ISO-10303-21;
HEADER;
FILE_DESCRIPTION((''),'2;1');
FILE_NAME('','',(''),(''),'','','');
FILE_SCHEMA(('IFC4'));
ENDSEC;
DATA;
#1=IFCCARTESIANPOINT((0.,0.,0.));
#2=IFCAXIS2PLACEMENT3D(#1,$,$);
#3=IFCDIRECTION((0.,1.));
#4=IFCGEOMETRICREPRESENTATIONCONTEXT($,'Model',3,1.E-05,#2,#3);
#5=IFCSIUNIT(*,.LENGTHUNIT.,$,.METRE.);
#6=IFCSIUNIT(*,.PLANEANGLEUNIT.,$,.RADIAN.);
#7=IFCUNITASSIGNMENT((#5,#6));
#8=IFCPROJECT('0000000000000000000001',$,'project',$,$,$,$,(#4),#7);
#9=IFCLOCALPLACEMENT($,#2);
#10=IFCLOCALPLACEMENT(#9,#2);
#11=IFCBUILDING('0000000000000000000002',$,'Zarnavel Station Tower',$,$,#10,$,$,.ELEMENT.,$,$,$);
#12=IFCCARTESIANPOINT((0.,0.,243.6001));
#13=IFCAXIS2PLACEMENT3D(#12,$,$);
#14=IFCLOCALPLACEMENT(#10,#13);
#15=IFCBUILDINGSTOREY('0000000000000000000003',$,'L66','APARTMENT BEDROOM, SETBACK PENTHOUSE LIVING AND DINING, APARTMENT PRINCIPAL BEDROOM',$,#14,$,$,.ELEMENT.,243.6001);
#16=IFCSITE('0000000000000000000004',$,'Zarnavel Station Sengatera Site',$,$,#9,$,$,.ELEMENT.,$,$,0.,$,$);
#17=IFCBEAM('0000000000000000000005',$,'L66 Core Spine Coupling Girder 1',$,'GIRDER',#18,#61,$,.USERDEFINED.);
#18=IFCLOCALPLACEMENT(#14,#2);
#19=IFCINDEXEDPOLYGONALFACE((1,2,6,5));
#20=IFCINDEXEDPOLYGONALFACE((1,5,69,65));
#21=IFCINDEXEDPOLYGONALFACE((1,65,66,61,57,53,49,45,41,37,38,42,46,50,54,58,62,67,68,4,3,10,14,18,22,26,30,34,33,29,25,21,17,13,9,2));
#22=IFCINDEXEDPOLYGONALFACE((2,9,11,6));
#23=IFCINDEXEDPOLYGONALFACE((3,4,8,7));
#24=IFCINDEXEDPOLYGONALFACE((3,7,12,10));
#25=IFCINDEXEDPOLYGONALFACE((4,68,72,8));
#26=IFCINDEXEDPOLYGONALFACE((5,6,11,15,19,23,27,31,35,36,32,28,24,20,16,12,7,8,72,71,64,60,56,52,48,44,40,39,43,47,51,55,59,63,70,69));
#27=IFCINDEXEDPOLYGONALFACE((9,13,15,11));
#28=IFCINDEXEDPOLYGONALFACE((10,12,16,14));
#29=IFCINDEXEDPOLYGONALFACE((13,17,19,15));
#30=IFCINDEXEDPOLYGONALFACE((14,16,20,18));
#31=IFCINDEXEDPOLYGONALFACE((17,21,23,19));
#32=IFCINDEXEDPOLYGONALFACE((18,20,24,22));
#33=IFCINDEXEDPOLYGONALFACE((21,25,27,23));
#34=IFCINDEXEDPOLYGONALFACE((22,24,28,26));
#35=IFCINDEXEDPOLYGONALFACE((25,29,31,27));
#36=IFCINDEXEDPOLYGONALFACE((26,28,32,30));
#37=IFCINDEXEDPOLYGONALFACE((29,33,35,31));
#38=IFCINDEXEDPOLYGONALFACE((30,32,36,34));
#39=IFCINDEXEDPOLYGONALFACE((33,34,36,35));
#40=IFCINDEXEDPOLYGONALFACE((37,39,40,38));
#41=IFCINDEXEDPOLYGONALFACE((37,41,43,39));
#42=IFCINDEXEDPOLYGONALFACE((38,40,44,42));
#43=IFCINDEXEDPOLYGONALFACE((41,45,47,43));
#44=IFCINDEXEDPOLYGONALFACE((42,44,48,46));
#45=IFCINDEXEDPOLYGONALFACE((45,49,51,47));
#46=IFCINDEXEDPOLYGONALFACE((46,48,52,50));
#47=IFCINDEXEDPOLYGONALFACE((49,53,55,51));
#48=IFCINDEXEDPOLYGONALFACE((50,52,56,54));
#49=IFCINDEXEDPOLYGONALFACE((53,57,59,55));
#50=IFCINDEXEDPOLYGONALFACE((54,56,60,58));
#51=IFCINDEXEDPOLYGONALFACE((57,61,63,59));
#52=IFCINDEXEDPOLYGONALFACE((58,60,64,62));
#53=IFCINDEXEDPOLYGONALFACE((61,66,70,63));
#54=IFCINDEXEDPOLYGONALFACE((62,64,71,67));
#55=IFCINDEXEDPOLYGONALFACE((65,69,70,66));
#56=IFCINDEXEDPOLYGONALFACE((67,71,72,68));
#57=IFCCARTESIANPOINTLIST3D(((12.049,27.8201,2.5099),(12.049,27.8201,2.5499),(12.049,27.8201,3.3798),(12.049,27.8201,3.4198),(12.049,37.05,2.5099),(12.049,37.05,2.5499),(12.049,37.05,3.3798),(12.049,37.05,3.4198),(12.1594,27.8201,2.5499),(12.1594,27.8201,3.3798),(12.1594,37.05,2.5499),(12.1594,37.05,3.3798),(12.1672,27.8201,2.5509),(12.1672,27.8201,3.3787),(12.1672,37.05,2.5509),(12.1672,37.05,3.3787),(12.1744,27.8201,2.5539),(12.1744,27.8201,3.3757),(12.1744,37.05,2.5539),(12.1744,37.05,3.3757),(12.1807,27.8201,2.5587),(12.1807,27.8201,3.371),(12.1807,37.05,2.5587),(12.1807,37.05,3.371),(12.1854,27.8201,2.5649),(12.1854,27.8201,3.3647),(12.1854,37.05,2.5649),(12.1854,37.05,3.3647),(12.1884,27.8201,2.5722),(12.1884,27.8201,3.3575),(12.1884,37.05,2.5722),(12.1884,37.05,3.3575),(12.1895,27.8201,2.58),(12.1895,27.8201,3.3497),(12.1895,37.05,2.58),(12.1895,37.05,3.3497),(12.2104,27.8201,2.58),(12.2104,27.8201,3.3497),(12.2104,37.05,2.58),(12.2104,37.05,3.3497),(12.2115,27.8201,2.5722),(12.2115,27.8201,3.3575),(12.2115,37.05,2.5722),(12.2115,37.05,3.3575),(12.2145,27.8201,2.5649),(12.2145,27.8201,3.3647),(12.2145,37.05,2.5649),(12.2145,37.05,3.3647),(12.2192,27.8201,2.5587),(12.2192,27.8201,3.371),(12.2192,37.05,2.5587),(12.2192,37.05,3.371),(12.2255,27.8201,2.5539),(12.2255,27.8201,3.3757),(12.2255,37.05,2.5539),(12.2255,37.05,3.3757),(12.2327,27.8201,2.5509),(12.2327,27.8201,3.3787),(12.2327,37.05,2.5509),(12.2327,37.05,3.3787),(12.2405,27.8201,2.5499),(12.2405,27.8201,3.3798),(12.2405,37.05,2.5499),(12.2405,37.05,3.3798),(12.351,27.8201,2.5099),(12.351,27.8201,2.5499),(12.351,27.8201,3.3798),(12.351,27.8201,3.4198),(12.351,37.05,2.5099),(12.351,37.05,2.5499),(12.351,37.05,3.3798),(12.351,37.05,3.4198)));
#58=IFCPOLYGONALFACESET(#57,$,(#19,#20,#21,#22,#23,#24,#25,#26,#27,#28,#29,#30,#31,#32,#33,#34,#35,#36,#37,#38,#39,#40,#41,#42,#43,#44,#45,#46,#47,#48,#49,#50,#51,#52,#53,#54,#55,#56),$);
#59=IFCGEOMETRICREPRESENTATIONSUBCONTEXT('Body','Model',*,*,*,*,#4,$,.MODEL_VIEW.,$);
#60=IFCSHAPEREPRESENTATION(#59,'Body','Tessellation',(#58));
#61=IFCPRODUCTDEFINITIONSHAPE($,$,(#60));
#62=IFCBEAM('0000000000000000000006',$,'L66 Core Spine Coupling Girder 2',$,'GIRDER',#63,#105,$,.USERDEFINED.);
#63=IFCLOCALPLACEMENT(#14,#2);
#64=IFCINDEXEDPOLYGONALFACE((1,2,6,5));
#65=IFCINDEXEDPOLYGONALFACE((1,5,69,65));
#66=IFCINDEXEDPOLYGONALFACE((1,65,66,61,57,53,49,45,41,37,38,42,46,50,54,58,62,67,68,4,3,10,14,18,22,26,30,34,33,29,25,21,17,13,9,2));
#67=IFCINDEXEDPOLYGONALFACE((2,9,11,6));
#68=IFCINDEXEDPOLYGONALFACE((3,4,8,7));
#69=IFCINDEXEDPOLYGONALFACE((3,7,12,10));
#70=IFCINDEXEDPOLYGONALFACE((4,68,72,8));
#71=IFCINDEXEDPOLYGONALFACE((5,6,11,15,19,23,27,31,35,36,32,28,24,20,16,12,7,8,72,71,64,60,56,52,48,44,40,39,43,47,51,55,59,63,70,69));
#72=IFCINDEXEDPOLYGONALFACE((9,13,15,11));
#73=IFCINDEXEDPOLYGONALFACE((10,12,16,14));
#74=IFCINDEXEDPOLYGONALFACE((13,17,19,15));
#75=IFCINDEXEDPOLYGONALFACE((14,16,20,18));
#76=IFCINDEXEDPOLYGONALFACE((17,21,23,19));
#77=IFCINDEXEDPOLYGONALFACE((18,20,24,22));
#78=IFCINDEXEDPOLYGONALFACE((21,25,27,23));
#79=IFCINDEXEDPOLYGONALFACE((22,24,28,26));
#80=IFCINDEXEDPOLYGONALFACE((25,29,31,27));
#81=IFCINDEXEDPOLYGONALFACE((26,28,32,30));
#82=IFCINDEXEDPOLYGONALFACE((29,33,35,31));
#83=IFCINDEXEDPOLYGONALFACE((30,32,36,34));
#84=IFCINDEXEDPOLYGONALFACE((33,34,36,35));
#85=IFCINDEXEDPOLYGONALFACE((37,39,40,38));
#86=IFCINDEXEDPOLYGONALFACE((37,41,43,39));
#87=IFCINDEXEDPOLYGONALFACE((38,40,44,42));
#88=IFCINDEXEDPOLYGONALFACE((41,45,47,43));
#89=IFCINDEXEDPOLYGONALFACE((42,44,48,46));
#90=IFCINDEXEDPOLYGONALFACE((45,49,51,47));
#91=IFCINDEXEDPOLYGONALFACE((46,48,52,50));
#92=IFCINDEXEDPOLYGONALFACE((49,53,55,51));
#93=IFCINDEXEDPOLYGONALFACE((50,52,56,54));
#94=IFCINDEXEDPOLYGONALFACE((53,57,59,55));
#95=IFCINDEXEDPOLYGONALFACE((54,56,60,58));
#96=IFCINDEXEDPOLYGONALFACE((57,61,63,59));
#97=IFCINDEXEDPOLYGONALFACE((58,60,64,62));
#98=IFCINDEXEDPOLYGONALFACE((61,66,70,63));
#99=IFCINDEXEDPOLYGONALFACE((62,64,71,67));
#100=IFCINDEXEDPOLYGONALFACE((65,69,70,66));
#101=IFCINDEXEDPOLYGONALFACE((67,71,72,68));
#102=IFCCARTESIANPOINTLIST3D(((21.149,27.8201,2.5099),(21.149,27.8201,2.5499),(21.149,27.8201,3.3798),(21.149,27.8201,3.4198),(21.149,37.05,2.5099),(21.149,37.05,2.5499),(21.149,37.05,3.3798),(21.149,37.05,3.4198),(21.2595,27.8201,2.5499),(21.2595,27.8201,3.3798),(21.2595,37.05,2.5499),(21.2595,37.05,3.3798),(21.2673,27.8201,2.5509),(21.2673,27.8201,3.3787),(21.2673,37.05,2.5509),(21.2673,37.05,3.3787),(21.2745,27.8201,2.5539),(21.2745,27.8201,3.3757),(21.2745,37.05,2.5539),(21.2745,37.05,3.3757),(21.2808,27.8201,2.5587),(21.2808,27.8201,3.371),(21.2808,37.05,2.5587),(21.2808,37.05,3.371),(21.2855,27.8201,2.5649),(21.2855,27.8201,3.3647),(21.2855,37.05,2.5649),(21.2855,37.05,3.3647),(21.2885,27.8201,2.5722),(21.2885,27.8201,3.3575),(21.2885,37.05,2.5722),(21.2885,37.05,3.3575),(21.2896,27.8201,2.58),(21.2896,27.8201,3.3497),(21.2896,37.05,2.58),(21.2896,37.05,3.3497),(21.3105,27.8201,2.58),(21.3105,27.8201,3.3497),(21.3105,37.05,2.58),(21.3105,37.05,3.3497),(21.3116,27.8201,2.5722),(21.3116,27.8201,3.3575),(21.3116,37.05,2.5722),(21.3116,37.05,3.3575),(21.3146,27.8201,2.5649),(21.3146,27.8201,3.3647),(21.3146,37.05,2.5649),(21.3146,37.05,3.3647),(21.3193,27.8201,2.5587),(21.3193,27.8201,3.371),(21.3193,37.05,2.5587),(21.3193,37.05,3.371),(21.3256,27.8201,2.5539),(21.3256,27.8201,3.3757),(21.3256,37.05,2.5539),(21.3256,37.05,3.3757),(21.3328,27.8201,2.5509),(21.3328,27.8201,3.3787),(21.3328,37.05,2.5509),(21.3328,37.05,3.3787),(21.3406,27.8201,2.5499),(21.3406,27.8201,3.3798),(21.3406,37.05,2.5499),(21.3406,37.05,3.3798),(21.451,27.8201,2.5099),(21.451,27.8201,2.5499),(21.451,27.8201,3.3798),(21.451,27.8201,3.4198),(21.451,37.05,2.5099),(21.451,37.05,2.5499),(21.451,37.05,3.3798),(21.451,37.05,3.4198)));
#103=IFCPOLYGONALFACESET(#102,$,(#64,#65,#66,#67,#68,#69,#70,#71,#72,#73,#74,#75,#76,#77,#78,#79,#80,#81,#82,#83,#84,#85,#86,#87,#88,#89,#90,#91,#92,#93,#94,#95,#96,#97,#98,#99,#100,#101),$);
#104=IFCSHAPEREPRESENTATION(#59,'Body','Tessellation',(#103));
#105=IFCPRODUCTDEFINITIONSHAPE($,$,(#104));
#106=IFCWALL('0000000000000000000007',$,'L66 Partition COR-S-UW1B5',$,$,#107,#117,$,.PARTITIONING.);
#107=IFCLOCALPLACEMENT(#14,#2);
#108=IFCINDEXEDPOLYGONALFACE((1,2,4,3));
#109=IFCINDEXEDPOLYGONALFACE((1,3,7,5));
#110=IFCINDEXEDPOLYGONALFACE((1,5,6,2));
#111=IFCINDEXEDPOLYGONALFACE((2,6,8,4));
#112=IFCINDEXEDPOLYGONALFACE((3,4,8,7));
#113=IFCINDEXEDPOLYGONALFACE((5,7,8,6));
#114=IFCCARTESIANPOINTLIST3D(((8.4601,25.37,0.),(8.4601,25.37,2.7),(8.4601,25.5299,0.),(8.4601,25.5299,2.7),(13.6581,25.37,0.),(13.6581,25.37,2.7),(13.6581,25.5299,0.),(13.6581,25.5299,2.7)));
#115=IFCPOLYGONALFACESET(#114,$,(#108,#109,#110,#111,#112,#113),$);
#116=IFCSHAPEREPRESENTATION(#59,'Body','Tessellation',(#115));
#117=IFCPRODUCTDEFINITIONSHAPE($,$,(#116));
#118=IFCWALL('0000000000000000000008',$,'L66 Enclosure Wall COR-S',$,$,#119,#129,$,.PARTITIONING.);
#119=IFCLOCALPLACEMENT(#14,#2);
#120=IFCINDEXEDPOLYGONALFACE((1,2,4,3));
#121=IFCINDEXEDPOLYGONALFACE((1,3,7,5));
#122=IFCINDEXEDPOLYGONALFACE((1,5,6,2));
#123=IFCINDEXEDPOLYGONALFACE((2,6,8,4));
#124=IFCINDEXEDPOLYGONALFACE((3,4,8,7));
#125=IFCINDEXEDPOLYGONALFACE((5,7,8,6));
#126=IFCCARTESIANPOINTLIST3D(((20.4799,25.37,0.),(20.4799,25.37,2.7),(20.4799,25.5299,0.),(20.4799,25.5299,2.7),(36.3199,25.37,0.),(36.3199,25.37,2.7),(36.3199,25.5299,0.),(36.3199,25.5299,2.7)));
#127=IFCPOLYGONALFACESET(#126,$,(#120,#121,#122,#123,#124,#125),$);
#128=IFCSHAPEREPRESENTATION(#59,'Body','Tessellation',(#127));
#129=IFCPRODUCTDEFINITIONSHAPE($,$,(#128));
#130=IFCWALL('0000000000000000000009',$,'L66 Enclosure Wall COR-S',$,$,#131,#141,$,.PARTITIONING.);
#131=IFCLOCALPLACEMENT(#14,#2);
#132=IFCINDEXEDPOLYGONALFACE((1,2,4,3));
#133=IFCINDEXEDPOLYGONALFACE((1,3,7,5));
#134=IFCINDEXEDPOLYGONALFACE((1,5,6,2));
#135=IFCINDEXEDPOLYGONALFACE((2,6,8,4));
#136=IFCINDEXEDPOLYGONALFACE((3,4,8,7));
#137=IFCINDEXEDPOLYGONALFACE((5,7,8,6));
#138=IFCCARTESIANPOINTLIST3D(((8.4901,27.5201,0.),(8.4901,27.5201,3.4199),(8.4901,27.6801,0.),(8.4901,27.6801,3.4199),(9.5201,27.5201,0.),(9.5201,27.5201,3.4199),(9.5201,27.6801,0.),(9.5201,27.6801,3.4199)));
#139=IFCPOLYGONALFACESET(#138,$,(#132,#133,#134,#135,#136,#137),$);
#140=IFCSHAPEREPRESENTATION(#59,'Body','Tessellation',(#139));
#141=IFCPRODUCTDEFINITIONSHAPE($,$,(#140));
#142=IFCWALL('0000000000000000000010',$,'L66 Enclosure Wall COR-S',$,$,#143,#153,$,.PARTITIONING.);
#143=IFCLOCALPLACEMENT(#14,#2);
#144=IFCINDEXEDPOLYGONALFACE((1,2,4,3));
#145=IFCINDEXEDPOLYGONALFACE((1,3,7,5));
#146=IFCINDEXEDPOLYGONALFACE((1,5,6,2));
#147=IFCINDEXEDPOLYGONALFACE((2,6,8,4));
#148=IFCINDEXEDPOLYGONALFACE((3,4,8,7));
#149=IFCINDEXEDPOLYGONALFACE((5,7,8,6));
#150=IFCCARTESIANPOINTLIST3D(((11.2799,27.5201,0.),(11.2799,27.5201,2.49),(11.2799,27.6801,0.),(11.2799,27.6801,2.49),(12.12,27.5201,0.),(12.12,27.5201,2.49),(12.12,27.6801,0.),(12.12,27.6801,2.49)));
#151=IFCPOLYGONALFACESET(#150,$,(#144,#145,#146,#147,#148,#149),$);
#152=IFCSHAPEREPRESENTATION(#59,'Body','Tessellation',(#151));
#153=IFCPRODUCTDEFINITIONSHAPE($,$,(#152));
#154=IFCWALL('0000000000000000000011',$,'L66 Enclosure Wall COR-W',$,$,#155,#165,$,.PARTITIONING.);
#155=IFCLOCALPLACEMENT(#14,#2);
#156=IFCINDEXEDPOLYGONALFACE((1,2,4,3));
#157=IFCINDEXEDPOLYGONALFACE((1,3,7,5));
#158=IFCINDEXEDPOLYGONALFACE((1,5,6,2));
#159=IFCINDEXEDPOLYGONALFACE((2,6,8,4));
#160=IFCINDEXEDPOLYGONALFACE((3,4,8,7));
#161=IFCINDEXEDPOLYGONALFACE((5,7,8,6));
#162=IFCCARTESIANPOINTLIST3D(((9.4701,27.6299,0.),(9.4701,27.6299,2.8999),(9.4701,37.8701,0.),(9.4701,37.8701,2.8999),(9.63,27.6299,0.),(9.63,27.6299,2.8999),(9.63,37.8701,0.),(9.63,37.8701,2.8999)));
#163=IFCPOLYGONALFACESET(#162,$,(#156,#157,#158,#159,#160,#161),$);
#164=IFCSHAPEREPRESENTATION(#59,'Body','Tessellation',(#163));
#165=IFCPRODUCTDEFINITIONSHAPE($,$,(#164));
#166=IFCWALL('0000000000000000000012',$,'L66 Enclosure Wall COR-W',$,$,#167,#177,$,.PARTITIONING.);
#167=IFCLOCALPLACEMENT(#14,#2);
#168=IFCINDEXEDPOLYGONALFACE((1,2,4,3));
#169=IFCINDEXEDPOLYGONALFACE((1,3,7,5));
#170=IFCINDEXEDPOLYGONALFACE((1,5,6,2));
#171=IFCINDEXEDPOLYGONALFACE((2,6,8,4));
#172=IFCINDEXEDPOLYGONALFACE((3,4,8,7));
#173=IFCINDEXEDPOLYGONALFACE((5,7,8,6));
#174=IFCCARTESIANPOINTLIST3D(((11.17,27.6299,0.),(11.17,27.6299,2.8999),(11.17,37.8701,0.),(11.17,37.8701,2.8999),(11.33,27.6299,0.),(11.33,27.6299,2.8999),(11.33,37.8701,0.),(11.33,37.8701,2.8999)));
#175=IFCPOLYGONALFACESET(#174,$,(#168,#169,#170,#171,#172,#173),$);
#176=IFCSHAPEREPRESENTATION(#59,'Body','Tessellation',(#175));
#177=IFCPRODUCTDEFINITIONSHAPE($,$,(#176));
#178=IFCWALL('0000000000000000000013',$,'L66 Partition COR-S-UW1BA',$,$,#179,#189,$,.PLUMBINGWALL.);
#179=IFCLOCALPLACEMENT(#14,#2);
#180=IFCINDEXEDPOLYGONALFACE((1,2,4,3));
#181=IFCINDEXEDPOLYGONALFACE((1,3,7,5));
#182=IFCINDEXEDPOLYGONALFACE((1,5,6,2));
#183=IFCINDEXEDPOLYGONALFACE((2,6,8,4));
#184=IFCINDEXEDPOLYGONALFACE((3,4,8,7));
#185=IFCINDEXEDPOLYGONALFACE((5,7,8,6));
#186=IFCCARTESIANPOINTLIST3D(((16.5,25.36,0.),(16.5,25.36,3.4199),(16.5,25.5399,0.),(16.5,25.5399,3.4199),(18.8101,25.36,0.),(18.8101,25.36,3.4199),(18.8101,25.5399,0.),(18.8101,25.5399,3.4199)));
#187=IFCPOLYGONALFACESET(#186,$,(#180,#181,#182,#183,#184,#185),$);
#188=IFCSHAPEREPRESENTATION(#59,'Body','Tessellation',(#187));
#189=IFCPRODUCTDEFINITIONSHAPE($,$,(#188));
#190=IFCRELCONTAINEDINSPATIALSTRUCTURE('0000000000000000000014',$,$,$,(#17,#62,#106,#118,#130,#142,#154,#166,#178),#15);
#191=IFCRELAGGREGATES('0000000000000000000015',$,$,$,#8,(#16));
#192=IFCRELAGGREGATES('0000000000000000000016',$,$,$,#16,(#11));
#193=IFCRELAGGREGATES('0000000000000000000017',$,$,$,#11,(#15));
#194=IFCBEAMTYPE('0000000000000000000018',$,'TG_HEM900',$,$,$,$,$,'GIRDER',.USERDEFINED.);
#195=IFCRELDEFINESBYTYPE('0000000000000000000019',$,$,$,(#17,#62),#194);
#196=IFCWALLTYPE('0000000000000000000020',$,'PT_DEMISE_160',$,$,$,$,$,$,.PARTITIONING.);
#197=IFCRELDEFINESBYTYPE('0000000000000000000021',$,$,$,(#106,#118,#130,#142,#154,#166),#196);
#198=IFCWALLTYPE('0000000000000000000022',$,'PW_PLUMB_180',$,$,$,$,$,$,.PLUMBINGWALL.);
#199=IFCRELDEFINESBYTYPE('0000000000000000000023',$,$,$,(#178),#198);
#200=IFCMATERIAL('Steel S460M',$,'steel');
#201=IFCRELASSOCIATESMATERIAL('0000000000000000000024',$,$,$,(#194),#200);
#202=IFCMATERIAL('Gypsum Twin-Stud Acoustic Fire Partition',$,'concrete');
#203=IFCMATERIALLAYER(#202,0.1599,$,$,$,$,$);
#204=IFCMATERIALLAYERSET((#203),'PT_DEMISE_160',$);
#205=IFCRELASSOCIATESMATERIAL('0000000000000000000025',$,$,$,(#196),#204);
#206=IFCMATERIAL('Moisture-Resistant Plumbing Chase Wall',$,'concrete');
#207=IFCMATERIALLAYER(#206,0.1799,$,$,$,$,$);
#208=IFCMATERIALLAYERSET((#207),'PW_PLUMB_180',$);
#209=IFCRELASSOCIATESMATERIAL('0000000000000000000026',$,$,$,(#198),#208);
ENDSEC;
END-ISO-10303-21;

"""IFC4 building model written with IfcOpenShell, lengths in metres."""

from ifc_helpers import new_model, si_unit, direction, frame, frame_2d, origin, origin_2d, place, context, subcontext, project, spatial, rectangle, i_section, extrude, material, layer, layer_set, material_profile, profile_set, type_object, element, save


model = new_model("IFC4")

# Units and contexts
model_context = context("Model", 3, precision=1e-05, world=origin(), true_north=direction((0.0, 1.0)))
body_context = subcontext(model_context, "Body", "Model", "MODEL_VIEW")
ifc_project = project(units=[si_unit("LENGTHUNIT", "METRE"), si_unit("PLANEANGLEUNIT", "RADIAN")], contexts=[model_context])

# Site, building, storey
site_placement = place(None, origin())
site = spatial("IfcSite", under=ifc_project, at=site_placement, Name="Zarnavel Station Sengatera Site", CompositionType="ELEMENT", RefElevation=0.0)
building_placement = place(site_placement, origin())
building = spatial("IfcBuilding", under=site, at=building_placement, Name="Zarnavel Station Tower", CompositionType="ELEMENT")
storey_placement = place(building_placement, frame((0.0, 0.0, 243.6001)))
storey = spatial("IfcBuildingStorey", under=building, at=storey_placement, Name="L66", Description="APARTMENT BEDROOM, SETBACK PENTHOUSE LIVING AND DINING, APARTMENT PRINCIPAL BEDROOM", CompositionType="ELEMENT", Elevation=243.6001)

# Beams
ifc_material_1 = material(Name="Steel S460M", Category="steel")
ifc_material_profile_1 = material_profile(ifc_material_1, i_section(OverallWidth=0.302, OverallDepth=0.9099, WebThickness=0.021, FlangeThickness=0.04, FilletRadius=0.03, at=origin_2d()), Name="HEM900")
ifc_profile_set_1 = profile_set([ifc_material_profile_1], Name="Steel S460M")
beam_type_1 = type_object("IfcBeamType", Name="TG_HEM900", ElementType="GIRDER", PredefinedType="USERDEFINED", material=ifc_profile_set_1)
for number, where, z_axis, x_axis, name in (
    (1, (12.2, 27.8201, 2.9648), (0.0, 1.0, 0.0), (-1.0, 0.0, 0.0), "L66 Core Spine Coupling Girder 1"),
    (2, (21.3, 27.8201, 2.9648), (0.0, 1.0, 0.0), (-1.0, 0.0, 0.0), "L66 Core Spine Coupling Girder 2"),
):
    element("IfcBeam", number, at=place(storey_placement, frame(where, z_axis=z_axis, x_axis=x_axis)), inside=storey, type_object=beam_type_1, Name=name, ObjectType="GIRDER", PredefinedType="USERDEFINED", context=body_context, shape_type="SweptSolid", body=[
        extrude(i_section(OverallWidth=0.302, OverallDepth=0.9099, WebThickness=0.021, FlangeThickness=0.04, FilletRadius=0.03, at=origin_2d()), origin(), (0.0, 0.0, 1.0), 9.23),
    ])

# Shared definitions
ifc_material_2 = material(Name="Gypsum Twin-Stud Acoustic Fire Partition", Category="concrete")
ifc_layer_1 = layer(ifc_material_2, 0.1599)
ifc_layer_set_1 = layer_set([ifc_layer_1], Name="PT_DEMISE_160")
wall_type_1 = type_object("IfcWallType", Name="PT_DEMISE_160", PredefinedType="PARTITIONING", material=ifc_layer_set_1)

# Walls
wall_1_placement = place(storey_placement, frame((8.46, 25.45, 0.0), z_axis=(0.0, 0.0, 1.0), x_axis=(1.0, 0.0, 0.0)))
element("IfcWall", 3, at=wall_1_placement, inside=storey, type_object=wall_type_1, Name="L66 Partition COR-S-UW1B5", PredefinedType="PARTITIONING", context=body_context, shape_type="SweptSolid", body=[
    extrude(rectangle(XDim=5.198, YDim=0.1599, at=frame_2d((2.5991, 0.0))), origin(), (0.0, 0.0, 1.0), 2.7),
])
wall_2_placement = place(storey_placement, frame((20.48, 25.45, 0.0), z_axis=(0.0, 0.0, 1.0), x_axis=(1.0, 0.0, 0.0)))
element("IfcWall", 4, at=wall_2_placement, inside=storey, type_object=wall_type_1, Name="L66 Enclosure Wall COR-S", PredefinedType="PARTITIONING", context=body_context, shape_type="SweptSolid", body=[
    extrude(rectangle(XDim=15.8401, YDim=0.1599, at=frame_2d((7.9199, 0.0))), origin(), (0.0, 0.0, 1.0), 2.7),
])
wall_3_placement = place(storey_placement, frame((8.49, 27.6001, 0.0), z_axis=(0.0, 0.0, 1.0), x_axis=(1.0, 0.0, 0.0)))
element("IfcWall", 5, at=wall_3_placement, inside=storey, type_object=wall_type_1, Name="L66 Enclosure Wall COR-S", PredefinedType="PARTITIONING", context=body_context, shape_type="SweptSolid", body=[
    extrude(rectangle(XDim=1.03, YDim=0.1599, at=frame_2d((0.5151, 0.0))), origin(), (0.0, 0.0, 1.0), 3.4199),
])
wall_4_placement = place(storey_placement, frame((11.28, 27.6001, 0.0), z_axis=(0.0, 0.0, 1.0), x_axis=(1.0, 0.0, 0.0)))
element("IfcWall", 6, at=wall_4_placement, inside=storey, type_object=wall_type_1, Name="L66 Enclosure Wall COR-S", PredefinedType="PARTITIONING", context=body_context, shape_type="SweptSolid", body=[
    extrude(rectangle(XDim=0.8401, YDim=0.1599, at=frame_2d((0.4199, 0.0))), origin(), (0.0, 0.0, 1.0), 2.49),
])
for number, where, z_axis, x_axis, name in (
    (7, (9.55, 27.6299, 0.0), (0.0, 0.0, 1.0), (0.0, 1.0, 0.0), "L66 Enclosure Wall COR-W"),
    (8, (11.25, 27.6299, 0.0), (0.0, 0.0, 1.0), (0.0, 1.0, 0.0), "L66 Enclosure Wall COR-W"),
):
    element("IfcWall", number, at=place(storey_placement, frame(where, z_axis=z_axis, x_axis=x_axis)), inside=storey, type_object=wall_type_1, Name=name, PredefinedType="PARTITIONING", context=body_context, shape_type="SweptSolid", body=[
        extrude(rectangle(XDim=10.2402, YDim=0.1599, at=frame_2d((5.1201, 0.0))), origin(), (0.0, 0.0, 1.0), 2.8999),
    ])

# Wall
ifc_material_3 = material(Name="Moisture-Resistant Plumbing Chase Wall", Category="concrete")
ifc_layer_2 = layer(ifc_material_3, 0.1799)
ifc_layer_set_2 = layer_set([ifc_layer_2], Name="PW_PLUMB_180")
wall_type_2 = type_object("IfcWallType", Name="PW_PLUMB_180", PredefinedType="PLUMBINGWALL", material=ifc_layer_set_2)
wall_5_placement = place(storey_placement, frame((16.5, 25.45, 0.0), z_axis=(0.0, 0.0, 1.0), x_axis=(1.0, 0.0, 0.0)))
element("IfcWall", 9, at=wall_5_placement, inside=storey, type_object=wall_type_2, Name="L66 Partition COR-S-UW1BA", PredefinedType="PLUMBINGWALL", context=body_context, shape_type="SweptSolid", body=[
    extrude(rectangle(XDim=2.3101, YDim=0.1799, at=frame_2d((1.155, 0.0))), origin(), (0.0, 0.0, 1.0), 3.4199),
])

save(model, "model.ifc")
